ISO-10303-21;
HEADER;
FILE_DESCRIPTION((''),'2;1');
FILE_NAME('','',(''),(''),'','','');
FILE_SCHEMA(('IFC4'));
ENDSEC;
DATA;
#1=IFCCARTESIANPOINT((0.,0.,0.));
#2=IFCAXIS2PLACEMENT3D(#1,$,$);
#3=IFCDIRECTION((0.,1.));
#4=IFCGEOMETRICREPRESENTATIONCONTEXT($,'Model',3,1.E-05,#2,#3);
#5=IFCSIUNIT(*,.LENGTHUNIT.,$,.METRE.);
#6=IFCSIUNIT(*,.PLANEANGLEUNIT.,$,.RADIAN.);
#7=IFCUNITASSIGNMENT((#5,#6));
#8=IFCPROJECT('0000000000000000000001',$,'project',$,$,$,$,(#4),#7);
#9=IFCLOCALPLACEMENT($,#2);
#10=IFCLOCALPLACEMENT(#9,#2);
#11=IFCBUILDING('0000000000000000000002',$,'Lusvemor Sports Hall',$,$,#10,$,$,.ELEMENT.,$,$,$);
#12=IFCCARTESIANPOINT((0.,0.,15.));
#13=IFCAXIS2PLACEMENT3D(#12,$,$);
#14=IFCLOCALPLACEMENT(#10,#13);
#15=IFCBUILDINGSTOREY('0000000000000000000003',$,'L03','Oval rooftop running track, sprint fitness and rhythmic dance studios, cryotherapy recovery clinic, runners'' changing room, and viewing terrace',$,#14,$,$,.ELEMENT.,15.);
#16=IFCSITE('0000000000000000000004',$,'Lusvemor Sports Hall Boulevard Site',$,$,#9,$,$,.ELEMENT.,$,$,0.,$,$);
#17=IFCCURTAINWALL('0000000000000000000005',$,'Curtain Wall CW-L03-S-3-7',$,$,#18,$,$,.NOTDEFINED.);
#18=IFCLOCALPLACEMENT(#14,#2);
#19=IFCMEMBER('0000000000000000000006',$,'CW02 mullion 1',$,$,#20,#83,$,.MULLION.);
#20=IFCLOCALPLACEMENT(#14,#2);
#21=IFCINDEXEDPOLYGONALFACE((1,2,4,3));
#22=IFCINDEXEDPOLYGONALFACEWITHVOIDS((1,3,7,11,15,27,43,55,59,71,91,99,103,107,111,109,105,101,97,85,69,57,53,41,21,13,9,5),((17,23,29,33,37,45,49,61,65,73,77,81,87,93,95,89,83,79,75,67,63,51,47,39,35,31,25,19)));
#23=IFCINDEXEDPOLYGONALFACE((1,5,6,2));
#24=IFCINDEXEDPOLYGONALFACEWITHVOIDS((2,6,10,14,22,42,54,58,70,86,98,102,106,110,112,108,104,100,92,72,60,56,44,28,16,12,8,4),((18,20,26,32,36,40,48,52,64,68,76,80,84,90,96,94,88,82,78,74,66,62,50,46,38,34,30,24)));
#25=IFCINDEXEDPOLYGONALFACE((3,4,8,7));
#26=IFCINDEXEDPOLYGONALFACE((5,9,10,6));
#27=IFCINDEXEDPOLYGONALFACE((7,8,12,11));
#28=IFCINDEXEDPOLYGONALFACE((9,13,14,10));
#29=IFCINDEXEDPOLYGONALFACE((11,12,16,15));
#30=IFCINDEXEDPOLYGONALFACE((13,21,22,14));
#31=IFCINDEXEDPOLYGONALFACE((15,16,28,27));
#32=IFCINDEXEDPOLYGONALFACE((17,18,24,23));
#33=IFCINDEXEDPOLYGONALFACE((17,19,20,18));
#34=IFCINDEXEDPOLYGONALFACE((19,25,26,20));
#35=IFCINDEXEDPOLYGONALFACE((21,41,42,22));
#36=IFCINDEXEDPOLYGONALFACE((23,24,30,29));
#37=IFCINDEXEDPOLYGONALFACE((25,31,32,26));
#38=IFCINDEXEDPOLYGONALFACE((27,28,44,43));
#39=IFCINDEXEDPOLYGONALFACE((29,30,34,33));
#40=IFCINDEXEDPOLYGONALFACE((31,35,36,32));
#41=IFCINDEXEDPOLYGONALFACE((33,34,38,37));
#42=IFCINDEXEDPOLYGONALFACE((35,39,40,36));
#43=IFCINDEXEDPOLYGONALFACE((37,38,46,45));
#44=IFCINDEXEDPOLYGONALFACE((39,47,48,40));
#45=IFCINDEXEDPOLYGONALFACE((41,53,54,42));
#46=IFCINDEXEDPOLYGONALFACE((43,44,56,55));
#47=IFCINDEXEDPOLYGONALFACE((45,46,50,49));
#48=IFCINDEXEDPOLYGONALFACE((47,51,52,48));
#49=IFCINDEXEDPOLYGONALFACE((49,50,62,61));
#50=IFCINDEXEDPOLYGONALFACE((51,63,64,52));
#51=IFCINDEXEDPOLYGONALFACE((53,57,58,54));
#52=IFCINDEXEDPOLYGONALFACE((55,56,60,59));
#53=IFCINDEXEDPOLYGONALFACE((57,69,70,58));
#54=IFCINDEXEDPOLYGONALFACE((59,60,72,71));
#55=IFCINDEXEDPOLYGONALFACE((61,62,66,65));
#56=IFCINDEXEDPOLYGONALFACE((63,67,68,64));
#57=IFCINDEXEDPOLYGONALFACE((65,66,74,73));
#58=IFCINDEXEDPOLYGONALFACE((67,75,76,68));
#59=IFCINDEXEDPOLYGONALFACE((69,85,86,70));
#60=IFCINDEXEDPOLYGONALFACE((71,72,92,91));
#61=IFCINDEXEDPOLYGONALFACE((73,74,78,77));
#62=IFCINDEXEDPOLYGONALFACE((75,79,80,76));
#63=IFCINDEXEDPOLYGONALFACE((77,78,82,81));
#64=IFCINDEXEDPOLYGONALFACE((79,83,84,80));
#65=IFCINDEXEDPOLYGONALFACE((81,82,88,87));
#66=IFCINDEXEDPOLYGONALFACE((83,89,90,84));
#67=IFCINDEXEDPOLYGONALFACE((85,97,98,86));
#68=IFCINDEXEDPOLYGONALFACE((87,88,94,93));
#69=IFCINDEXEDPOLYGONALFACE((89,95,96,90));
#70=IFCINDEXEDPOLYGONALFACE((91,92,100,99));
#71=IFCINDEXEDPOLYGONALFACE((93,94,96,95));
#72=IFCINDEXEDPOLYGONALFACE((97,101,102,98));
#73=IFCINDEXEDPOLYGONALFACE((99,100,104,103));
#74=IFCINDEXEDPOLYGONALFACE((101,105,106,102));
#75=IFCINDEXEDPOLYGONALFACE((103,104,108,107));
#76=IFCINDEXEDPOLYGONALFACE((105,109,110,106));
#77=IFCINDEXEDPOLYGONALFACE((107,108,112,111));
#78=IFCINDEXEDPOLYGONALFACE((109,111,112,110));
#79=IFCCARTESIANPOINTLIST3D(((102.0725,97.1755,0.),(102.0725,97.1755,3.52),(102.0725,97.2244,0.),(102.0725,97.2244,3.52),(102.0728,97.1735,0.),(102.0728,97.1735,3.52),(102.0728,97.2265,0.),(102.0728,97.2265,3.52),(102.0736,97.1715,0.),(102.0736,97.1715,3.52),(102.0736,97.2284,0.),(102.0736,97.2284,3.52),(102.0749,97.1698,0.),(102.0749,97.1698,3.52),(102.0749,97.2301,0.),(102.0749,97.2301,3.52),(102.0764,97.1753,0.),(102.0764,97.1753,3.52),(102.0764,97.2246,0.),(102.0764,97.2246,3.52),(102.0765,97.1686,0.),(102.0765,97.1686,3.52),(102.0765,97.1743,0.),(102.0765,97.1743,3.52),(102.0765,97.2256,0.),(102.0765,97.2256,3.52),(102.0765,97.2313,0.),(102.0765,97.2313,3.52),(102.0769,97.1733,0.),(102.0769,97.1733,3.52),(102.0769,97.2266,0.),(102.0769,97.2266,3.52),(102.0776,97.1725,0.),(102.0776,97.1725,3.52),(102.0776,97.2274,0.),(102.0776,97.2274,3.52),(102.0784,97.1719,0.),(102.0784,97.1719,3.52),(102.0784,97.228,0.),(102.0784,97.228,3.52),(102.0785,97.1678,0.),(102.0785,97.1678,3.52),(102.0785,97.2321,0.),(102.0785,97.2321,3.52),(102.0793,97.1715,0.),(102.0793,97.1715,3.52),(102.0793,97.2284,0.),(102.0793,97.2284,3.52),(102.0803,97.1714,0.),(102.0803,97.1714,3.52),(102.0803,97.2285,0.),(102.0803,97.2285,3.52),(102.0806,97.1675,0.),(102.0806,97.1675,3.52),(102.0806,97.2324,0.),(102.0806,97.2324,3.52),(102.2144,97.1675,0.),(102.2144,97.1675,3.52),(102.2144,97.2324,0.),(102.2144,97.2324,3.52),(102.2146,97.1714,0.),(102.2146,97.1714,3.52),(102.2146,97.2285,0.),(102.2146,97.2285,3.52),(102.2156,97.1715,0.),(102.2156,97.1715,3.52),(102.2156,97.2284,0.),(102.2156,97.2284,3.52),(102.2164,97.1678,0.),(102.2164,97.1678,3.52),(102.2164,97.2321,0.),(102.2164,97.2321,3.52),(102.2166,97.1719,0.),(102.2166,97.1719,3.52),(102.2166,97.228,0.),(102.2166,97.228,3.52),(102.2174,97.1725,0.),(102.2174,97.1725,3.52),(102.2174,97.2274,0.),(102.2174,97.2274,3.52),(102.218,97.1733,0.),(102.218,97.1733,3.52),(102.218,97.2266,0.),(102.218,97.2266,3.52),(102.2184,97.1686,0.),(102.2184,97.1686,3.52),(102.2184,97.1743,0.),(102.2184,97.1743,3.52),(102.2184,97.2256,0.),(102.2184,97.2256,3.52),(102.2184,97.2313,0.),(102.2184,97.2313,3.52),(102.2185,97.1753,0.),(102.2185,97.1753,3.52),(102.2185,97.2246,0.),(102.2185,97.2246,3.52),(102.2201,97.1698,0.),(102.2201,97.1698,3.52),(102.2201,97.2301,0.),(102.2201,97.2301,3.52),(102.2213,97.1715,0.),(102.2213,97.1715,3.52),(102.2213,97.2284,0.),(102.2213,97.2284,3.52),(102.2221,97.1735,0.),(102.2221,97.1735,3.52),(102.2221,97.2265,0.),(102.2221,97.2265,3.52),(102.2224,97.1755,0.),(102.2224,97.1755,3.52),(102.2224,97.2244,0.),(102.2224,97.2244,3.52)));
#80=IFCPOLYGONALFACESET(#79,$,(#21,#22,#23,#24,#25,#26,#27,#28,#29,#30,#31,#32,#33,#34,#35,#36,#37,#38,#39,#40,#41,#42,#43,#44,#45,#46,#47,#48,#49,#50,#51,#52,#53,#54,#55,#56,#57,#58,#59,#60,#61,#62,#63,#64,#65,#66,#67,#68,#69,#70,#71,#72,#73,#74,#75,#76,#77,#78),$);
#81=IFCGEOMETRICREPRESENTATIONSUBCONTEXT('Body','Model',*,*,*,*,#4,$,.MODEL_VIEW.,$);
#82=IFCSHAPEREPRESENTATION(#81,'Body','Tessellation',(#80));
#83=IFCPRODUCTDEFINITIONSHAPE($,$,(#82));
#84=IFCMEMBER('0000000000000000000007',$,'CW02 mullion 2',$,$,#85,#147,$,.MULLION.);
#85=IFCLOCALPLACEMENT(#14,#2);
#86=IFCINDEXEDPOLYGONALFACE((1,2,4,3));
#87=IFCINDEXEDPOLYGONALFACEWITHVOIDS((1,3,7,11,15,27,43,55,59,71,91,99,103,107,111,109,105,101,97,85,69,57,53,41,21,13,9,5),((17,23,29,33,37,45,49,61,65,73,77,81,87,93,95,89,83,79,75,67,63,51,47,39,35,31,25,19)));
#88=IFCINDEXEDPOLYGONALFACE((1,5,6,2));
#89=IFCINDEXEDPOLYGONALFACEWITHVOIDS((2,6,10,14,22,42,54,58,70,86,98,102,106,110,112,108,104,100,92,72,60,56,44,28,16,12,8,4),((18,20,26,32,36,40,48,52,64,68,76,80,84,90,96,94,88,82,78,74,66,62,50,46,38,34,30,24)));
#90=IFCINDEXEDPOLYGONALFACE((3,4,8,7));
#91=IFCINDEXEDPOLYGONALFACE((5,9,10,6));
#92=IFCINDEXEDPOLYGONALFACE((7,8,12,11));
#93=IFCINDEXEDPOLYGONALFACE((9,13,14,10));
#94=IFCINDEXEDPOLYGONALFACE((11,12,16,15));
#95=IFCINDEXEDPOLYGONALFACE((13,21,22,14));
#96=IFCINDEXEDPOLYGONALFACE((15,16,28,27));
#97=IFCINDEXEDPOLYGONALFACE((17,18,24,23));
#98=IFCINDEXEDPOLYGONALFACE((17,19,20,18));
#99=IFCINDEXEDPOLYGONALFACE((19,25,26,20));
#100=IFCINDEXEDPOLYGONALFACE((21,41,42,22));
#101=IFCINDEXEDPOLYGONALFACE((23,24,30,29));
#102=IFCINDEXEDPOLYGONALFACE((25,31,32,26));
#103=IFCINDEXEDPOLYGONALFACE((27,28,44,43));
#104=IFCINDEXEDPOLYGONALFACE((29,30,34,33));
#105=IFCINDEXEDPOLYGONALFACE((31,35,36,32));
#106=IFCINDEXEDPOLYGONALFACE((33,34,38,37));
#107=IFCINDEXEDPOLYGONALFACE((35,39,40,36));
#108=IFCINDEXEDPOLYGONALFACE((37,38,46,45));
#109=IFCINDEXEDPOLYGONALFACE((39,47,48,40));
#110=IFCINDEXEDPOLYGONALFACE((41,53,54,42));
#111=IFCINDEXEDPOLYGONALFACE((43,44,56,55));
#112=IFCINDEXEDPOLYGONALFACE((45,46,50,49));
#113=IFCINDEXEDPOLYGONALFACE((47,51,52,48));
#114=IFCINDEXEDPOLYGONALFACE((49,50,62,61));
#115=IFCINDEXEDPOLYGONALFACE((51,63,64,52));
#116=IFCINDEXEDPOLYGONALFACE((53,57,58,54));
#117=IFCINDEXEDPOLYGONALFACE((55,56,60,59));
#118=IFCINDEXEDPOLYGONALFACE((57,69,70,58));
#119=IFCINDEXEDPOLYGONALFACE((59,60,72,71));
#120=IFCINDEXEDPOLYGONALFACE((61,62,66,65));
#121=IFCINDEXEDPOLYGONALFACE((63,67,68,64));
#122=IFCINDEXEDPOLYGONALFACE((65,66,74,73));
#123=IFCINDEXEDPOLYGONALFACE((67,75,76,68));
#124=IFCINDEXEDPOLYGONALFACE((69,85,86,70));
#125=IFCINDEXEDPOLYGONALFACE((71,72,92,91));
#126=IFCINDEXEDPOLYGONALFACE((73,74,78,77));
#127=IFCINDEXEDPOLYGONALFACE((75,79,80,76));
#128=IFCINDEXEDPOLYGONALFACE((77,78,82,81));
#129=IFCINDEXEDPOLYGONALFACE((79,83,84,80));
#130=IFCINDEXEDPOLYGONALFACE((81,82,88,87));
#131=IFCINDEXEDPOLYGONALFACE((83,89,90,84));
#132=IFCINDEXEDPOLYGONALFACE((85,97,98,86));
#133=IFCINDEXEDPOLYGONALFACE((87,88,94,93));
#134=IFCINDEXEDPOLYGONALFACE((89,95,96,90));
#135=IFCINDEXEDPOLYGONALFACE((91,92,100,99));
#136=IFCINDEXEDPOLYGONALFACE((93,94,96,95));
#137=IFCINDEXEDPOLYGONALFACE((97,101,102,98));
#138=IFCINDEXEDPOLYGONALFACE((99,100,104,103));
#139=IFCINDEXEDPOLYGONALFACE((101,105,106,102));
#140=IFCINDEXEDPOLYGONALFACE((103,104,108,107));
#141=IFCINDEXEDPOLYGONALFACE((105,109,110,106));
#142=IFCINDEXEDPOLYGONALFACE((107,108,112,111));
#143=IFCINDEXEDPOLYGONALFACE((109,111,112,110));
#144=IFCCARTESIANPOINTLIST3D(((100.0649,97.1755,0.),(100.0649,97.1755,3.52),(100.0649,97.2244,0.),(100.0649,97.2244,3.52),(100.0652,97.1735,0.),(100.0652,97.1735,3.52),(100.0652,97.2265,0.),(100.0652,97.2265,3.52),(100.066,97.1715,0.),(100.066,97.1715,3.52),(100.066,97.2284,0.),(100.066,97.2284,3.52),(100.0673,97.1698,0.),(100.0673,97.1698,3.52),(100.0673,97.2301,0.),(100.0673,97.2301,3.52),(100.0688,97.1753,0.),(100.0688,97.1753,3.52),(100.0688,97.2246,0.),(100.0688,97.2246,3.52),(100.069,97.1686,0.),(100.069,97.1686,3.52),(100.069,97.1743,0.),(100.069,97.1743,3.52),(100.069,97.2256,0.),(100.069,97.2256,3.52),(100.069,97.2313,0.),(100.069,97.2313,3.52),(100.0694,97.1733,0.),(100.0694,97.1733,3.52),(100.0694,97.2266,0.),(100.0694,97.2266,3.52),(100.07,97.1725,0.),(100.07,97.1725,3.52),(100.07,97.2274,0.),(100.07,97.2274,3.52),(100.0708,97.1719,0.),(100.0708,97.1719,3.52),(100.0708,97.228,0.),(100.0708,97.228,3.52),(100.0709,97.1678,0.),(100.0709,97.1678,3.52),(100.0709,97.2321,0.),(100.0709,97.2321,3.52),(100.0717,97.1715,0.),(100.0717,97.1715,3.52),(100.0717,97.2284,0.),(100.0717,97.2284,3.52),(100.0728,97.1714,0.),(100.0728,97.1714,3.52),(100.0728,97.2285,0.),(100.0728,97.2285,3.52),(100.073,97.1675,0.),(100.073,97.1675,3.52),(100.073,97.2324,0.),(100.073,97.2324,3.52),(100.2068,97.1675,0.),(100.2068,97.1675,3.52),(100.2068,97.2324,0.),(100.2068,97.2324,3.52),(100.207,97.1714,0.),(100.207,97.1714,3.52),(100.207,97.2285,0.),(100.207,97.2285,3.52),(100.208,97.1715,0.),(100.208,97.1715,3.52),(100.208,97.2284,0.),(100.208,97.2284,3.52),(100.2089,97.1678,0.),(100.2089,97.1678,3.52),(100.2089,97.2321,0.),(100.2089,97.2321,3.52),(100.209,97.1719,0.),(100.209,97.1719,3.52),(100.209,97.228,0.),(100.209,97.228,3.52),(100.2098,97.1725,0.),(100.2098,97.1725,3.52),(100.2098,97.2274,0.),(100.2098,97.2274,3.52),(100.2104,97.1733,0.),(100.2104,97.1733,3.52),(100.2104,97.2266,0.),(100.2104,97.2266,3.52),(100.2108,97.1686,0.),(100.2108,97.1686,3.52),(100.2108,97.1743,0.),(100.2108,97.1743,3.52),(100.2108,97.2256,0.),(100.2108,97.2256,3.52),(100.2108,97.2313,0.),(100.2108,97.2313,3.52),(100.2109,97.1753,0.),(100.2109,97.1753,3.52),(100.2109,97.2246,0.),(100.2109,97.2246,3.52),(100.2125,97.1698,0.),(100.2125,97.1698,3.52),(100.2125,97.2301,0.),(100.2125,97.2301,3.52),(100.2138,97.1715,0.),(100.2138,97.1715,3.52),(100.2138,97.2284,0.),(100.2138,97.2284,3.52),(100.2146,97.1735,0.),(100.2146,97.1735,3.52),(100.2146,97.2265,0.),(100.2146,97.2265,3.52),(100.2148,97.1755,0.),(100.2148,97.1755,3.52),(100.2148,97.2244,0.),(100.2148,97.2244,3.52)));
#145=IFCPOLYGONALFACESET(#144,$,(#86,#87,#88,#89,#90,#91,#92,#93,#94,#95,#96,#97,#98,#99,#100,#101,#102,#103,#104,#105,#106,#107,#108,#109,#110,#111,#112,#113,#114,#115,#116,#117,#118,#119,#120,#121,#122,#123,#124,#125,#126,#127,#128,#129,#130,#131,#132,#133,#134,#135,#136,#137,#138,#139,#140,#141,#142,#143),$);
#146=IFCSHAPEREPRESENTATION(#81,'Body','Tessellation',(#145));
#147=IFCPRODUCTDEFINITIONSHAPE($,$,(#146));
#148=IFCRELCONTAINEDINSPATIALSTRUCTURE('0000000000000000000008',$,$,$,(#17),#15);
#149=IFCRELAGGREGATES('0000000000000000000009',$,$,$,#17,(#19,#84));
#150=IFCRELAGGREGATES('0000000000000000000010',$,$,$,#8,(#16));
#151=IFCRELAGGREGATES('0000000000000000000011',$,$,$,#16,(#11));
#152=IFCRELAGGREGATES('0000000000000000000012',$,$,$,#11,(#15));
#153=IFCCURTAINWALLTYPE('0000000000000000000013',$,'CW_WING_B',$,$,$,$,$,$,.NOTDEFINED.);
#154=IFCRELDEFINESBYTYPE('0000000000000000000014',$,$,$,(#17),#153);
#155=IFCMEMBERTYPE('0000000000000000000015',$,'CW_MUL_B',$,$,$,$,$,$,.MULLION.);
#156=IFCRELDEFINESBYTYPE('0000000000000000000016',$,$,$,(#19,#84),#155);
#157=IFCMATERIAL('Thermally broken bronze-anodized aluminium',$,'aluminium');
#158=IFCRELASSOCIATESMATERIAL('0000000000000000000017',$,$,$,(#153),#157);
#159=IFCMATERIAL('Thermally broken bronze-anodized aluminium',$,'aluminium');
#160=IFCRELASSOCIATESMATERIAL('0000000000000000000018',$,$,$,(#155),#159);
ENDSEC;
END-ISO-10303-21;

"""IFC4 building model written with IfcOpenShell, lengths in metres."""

from ifc_helpers import new_model, si_unit, direction, frame, origin, origin_2d, place, context, subcontext, project, spatial, hollow_rectangle, extrude, material, material_profile, profile_set, type_object, element, aggregate, save


model = new_model("IFC4")

# Units and contexts
model_context = context("Model", 3, precision=1e-05, world=origin(), true_north=direction((0.0, 1.0)))
body_context = subcontext(model_context, "Body", "Model", "MODEL_VIEW")
ifc_project = project(units=[si_unit("LENGTHUNIT", "METRE"), si_unit("PLANEANGLEUNIT", "RADIAN")], contexts=[model_context])

# Site, building, storey
site_placement = place(None, origin())
site = spatial("IfcSite", under=ifc_project, at=site_placement, Name="Lusvemor Sports Hall Boulevard Site", CompositionType="ELEMENT", RefElevation=0.0)
building_placement = place(site_placement, origin())
building = spatial("IfcBuilding", under=site, at=building_placement, Name="Lusvemor Sports Hall", CompositionType="ELEMENT")
storey_placement = place(building_placement, frame((0.0, 0.0, 15.0)))
storey = spatial("IfcBuildingStorey", under=building, at=storey_placement, Name="L03", Description="Oval rooftop running track, sprint fitness and rhythmic dance studios, cryotherapy recovery clinic, runners' changing room, and viewing terrace", CompositionType="ELEMENT", Elevation=15.0)

# Curtain wall, members
ifc_material_1 = material(Name="Thermally broken bronze-anodized aluminium", Category="aluminium")
curtain_wall_type = type_object("IfcCurtainWallType", Name="CW_WING_B", PredefinedType="NOTDEFINED", material=ifc_material_1)
curtain_wall_placement = place(storey_placement, origin())
curtain_wall = element("IfcCurtainWall", 1, at=curtain_wall_placement, inside=storey, type_object=curtain_wall_type, Name="Curtain Wall CW-L03-S-3-7", PredefinedType="NOTDEFINED")
ifc_material_2 = material(Name="Thermally broken bronze-anodized aluminium", Category="aluminium")
ifc_material_profile_1 = material_profile(ifc_material_2, hollow_rectangle(XDim=0.0649, YDim=0.1499, WallThickness=0.0039, InnerFilletRadius=0.0039, OuterFilletRadius=0.0081, at=origin_2d()), Name="CWMUL150x65x4")
ifc_profile_set_1 = profile_set([ifc_material_profile_1], Name="Thermally broken bronze-anodized aluminium")
member_type_1 = type_object("IfcMemberType", Name="CW_MUL_B", PredefinedType="MULLION", material=ifc_profile_set_1)
member_1_placement = place(storey_placement, frame((102.1475, 97.2, 0.0), z_axis=(0.0, 0.0, 1.0), x_axis=(0.0, -1.0, 0.0)))
member_1 = element("IfcMember", 2, at=member_1_placement, type_object=member_type_1, Name="CW02 mullion 1", PredefinedType="MULLION", context=body_context, shape_type="SweptSolid", body=[
    extrude(hollow_rectangle(XDim=0.0649, YDim=0.1499, WallThickness=0.0039, InnerFilletRadius=0.0039, OuterFilletRadius=0.0081, at=origin_2d()), origin(), (0.0, 0.0, 1.0), 3.52),
])
member_2_placement = place(storey_placement, frame((100.1399, 97.2, 0.0), z_axis=(0.0, 0.0, 1.0), x_axis=(0.0, -1.0, 0.0)))
member_2 = element("IfcMember", 3, at=member_2_placement, type_object=member_type_1, Name="CW02 mullion 2", PredefinedType="MULLION", context=body_context, shape_type="SweptSolid", body=[
    extrude(hollow_rectangle(XDim=0.0649, YDim=0.1499, WallThickness=0.0039, InnerFilletRadius=0.0039, OuterFilletRadius=0.0081, at=origin_2d()), origin(), (0.0, 0.0, 1.0), 3.52),
])

aggregate(curtain_wall, [member_1, member_2])

save(model, "model.ifc")
